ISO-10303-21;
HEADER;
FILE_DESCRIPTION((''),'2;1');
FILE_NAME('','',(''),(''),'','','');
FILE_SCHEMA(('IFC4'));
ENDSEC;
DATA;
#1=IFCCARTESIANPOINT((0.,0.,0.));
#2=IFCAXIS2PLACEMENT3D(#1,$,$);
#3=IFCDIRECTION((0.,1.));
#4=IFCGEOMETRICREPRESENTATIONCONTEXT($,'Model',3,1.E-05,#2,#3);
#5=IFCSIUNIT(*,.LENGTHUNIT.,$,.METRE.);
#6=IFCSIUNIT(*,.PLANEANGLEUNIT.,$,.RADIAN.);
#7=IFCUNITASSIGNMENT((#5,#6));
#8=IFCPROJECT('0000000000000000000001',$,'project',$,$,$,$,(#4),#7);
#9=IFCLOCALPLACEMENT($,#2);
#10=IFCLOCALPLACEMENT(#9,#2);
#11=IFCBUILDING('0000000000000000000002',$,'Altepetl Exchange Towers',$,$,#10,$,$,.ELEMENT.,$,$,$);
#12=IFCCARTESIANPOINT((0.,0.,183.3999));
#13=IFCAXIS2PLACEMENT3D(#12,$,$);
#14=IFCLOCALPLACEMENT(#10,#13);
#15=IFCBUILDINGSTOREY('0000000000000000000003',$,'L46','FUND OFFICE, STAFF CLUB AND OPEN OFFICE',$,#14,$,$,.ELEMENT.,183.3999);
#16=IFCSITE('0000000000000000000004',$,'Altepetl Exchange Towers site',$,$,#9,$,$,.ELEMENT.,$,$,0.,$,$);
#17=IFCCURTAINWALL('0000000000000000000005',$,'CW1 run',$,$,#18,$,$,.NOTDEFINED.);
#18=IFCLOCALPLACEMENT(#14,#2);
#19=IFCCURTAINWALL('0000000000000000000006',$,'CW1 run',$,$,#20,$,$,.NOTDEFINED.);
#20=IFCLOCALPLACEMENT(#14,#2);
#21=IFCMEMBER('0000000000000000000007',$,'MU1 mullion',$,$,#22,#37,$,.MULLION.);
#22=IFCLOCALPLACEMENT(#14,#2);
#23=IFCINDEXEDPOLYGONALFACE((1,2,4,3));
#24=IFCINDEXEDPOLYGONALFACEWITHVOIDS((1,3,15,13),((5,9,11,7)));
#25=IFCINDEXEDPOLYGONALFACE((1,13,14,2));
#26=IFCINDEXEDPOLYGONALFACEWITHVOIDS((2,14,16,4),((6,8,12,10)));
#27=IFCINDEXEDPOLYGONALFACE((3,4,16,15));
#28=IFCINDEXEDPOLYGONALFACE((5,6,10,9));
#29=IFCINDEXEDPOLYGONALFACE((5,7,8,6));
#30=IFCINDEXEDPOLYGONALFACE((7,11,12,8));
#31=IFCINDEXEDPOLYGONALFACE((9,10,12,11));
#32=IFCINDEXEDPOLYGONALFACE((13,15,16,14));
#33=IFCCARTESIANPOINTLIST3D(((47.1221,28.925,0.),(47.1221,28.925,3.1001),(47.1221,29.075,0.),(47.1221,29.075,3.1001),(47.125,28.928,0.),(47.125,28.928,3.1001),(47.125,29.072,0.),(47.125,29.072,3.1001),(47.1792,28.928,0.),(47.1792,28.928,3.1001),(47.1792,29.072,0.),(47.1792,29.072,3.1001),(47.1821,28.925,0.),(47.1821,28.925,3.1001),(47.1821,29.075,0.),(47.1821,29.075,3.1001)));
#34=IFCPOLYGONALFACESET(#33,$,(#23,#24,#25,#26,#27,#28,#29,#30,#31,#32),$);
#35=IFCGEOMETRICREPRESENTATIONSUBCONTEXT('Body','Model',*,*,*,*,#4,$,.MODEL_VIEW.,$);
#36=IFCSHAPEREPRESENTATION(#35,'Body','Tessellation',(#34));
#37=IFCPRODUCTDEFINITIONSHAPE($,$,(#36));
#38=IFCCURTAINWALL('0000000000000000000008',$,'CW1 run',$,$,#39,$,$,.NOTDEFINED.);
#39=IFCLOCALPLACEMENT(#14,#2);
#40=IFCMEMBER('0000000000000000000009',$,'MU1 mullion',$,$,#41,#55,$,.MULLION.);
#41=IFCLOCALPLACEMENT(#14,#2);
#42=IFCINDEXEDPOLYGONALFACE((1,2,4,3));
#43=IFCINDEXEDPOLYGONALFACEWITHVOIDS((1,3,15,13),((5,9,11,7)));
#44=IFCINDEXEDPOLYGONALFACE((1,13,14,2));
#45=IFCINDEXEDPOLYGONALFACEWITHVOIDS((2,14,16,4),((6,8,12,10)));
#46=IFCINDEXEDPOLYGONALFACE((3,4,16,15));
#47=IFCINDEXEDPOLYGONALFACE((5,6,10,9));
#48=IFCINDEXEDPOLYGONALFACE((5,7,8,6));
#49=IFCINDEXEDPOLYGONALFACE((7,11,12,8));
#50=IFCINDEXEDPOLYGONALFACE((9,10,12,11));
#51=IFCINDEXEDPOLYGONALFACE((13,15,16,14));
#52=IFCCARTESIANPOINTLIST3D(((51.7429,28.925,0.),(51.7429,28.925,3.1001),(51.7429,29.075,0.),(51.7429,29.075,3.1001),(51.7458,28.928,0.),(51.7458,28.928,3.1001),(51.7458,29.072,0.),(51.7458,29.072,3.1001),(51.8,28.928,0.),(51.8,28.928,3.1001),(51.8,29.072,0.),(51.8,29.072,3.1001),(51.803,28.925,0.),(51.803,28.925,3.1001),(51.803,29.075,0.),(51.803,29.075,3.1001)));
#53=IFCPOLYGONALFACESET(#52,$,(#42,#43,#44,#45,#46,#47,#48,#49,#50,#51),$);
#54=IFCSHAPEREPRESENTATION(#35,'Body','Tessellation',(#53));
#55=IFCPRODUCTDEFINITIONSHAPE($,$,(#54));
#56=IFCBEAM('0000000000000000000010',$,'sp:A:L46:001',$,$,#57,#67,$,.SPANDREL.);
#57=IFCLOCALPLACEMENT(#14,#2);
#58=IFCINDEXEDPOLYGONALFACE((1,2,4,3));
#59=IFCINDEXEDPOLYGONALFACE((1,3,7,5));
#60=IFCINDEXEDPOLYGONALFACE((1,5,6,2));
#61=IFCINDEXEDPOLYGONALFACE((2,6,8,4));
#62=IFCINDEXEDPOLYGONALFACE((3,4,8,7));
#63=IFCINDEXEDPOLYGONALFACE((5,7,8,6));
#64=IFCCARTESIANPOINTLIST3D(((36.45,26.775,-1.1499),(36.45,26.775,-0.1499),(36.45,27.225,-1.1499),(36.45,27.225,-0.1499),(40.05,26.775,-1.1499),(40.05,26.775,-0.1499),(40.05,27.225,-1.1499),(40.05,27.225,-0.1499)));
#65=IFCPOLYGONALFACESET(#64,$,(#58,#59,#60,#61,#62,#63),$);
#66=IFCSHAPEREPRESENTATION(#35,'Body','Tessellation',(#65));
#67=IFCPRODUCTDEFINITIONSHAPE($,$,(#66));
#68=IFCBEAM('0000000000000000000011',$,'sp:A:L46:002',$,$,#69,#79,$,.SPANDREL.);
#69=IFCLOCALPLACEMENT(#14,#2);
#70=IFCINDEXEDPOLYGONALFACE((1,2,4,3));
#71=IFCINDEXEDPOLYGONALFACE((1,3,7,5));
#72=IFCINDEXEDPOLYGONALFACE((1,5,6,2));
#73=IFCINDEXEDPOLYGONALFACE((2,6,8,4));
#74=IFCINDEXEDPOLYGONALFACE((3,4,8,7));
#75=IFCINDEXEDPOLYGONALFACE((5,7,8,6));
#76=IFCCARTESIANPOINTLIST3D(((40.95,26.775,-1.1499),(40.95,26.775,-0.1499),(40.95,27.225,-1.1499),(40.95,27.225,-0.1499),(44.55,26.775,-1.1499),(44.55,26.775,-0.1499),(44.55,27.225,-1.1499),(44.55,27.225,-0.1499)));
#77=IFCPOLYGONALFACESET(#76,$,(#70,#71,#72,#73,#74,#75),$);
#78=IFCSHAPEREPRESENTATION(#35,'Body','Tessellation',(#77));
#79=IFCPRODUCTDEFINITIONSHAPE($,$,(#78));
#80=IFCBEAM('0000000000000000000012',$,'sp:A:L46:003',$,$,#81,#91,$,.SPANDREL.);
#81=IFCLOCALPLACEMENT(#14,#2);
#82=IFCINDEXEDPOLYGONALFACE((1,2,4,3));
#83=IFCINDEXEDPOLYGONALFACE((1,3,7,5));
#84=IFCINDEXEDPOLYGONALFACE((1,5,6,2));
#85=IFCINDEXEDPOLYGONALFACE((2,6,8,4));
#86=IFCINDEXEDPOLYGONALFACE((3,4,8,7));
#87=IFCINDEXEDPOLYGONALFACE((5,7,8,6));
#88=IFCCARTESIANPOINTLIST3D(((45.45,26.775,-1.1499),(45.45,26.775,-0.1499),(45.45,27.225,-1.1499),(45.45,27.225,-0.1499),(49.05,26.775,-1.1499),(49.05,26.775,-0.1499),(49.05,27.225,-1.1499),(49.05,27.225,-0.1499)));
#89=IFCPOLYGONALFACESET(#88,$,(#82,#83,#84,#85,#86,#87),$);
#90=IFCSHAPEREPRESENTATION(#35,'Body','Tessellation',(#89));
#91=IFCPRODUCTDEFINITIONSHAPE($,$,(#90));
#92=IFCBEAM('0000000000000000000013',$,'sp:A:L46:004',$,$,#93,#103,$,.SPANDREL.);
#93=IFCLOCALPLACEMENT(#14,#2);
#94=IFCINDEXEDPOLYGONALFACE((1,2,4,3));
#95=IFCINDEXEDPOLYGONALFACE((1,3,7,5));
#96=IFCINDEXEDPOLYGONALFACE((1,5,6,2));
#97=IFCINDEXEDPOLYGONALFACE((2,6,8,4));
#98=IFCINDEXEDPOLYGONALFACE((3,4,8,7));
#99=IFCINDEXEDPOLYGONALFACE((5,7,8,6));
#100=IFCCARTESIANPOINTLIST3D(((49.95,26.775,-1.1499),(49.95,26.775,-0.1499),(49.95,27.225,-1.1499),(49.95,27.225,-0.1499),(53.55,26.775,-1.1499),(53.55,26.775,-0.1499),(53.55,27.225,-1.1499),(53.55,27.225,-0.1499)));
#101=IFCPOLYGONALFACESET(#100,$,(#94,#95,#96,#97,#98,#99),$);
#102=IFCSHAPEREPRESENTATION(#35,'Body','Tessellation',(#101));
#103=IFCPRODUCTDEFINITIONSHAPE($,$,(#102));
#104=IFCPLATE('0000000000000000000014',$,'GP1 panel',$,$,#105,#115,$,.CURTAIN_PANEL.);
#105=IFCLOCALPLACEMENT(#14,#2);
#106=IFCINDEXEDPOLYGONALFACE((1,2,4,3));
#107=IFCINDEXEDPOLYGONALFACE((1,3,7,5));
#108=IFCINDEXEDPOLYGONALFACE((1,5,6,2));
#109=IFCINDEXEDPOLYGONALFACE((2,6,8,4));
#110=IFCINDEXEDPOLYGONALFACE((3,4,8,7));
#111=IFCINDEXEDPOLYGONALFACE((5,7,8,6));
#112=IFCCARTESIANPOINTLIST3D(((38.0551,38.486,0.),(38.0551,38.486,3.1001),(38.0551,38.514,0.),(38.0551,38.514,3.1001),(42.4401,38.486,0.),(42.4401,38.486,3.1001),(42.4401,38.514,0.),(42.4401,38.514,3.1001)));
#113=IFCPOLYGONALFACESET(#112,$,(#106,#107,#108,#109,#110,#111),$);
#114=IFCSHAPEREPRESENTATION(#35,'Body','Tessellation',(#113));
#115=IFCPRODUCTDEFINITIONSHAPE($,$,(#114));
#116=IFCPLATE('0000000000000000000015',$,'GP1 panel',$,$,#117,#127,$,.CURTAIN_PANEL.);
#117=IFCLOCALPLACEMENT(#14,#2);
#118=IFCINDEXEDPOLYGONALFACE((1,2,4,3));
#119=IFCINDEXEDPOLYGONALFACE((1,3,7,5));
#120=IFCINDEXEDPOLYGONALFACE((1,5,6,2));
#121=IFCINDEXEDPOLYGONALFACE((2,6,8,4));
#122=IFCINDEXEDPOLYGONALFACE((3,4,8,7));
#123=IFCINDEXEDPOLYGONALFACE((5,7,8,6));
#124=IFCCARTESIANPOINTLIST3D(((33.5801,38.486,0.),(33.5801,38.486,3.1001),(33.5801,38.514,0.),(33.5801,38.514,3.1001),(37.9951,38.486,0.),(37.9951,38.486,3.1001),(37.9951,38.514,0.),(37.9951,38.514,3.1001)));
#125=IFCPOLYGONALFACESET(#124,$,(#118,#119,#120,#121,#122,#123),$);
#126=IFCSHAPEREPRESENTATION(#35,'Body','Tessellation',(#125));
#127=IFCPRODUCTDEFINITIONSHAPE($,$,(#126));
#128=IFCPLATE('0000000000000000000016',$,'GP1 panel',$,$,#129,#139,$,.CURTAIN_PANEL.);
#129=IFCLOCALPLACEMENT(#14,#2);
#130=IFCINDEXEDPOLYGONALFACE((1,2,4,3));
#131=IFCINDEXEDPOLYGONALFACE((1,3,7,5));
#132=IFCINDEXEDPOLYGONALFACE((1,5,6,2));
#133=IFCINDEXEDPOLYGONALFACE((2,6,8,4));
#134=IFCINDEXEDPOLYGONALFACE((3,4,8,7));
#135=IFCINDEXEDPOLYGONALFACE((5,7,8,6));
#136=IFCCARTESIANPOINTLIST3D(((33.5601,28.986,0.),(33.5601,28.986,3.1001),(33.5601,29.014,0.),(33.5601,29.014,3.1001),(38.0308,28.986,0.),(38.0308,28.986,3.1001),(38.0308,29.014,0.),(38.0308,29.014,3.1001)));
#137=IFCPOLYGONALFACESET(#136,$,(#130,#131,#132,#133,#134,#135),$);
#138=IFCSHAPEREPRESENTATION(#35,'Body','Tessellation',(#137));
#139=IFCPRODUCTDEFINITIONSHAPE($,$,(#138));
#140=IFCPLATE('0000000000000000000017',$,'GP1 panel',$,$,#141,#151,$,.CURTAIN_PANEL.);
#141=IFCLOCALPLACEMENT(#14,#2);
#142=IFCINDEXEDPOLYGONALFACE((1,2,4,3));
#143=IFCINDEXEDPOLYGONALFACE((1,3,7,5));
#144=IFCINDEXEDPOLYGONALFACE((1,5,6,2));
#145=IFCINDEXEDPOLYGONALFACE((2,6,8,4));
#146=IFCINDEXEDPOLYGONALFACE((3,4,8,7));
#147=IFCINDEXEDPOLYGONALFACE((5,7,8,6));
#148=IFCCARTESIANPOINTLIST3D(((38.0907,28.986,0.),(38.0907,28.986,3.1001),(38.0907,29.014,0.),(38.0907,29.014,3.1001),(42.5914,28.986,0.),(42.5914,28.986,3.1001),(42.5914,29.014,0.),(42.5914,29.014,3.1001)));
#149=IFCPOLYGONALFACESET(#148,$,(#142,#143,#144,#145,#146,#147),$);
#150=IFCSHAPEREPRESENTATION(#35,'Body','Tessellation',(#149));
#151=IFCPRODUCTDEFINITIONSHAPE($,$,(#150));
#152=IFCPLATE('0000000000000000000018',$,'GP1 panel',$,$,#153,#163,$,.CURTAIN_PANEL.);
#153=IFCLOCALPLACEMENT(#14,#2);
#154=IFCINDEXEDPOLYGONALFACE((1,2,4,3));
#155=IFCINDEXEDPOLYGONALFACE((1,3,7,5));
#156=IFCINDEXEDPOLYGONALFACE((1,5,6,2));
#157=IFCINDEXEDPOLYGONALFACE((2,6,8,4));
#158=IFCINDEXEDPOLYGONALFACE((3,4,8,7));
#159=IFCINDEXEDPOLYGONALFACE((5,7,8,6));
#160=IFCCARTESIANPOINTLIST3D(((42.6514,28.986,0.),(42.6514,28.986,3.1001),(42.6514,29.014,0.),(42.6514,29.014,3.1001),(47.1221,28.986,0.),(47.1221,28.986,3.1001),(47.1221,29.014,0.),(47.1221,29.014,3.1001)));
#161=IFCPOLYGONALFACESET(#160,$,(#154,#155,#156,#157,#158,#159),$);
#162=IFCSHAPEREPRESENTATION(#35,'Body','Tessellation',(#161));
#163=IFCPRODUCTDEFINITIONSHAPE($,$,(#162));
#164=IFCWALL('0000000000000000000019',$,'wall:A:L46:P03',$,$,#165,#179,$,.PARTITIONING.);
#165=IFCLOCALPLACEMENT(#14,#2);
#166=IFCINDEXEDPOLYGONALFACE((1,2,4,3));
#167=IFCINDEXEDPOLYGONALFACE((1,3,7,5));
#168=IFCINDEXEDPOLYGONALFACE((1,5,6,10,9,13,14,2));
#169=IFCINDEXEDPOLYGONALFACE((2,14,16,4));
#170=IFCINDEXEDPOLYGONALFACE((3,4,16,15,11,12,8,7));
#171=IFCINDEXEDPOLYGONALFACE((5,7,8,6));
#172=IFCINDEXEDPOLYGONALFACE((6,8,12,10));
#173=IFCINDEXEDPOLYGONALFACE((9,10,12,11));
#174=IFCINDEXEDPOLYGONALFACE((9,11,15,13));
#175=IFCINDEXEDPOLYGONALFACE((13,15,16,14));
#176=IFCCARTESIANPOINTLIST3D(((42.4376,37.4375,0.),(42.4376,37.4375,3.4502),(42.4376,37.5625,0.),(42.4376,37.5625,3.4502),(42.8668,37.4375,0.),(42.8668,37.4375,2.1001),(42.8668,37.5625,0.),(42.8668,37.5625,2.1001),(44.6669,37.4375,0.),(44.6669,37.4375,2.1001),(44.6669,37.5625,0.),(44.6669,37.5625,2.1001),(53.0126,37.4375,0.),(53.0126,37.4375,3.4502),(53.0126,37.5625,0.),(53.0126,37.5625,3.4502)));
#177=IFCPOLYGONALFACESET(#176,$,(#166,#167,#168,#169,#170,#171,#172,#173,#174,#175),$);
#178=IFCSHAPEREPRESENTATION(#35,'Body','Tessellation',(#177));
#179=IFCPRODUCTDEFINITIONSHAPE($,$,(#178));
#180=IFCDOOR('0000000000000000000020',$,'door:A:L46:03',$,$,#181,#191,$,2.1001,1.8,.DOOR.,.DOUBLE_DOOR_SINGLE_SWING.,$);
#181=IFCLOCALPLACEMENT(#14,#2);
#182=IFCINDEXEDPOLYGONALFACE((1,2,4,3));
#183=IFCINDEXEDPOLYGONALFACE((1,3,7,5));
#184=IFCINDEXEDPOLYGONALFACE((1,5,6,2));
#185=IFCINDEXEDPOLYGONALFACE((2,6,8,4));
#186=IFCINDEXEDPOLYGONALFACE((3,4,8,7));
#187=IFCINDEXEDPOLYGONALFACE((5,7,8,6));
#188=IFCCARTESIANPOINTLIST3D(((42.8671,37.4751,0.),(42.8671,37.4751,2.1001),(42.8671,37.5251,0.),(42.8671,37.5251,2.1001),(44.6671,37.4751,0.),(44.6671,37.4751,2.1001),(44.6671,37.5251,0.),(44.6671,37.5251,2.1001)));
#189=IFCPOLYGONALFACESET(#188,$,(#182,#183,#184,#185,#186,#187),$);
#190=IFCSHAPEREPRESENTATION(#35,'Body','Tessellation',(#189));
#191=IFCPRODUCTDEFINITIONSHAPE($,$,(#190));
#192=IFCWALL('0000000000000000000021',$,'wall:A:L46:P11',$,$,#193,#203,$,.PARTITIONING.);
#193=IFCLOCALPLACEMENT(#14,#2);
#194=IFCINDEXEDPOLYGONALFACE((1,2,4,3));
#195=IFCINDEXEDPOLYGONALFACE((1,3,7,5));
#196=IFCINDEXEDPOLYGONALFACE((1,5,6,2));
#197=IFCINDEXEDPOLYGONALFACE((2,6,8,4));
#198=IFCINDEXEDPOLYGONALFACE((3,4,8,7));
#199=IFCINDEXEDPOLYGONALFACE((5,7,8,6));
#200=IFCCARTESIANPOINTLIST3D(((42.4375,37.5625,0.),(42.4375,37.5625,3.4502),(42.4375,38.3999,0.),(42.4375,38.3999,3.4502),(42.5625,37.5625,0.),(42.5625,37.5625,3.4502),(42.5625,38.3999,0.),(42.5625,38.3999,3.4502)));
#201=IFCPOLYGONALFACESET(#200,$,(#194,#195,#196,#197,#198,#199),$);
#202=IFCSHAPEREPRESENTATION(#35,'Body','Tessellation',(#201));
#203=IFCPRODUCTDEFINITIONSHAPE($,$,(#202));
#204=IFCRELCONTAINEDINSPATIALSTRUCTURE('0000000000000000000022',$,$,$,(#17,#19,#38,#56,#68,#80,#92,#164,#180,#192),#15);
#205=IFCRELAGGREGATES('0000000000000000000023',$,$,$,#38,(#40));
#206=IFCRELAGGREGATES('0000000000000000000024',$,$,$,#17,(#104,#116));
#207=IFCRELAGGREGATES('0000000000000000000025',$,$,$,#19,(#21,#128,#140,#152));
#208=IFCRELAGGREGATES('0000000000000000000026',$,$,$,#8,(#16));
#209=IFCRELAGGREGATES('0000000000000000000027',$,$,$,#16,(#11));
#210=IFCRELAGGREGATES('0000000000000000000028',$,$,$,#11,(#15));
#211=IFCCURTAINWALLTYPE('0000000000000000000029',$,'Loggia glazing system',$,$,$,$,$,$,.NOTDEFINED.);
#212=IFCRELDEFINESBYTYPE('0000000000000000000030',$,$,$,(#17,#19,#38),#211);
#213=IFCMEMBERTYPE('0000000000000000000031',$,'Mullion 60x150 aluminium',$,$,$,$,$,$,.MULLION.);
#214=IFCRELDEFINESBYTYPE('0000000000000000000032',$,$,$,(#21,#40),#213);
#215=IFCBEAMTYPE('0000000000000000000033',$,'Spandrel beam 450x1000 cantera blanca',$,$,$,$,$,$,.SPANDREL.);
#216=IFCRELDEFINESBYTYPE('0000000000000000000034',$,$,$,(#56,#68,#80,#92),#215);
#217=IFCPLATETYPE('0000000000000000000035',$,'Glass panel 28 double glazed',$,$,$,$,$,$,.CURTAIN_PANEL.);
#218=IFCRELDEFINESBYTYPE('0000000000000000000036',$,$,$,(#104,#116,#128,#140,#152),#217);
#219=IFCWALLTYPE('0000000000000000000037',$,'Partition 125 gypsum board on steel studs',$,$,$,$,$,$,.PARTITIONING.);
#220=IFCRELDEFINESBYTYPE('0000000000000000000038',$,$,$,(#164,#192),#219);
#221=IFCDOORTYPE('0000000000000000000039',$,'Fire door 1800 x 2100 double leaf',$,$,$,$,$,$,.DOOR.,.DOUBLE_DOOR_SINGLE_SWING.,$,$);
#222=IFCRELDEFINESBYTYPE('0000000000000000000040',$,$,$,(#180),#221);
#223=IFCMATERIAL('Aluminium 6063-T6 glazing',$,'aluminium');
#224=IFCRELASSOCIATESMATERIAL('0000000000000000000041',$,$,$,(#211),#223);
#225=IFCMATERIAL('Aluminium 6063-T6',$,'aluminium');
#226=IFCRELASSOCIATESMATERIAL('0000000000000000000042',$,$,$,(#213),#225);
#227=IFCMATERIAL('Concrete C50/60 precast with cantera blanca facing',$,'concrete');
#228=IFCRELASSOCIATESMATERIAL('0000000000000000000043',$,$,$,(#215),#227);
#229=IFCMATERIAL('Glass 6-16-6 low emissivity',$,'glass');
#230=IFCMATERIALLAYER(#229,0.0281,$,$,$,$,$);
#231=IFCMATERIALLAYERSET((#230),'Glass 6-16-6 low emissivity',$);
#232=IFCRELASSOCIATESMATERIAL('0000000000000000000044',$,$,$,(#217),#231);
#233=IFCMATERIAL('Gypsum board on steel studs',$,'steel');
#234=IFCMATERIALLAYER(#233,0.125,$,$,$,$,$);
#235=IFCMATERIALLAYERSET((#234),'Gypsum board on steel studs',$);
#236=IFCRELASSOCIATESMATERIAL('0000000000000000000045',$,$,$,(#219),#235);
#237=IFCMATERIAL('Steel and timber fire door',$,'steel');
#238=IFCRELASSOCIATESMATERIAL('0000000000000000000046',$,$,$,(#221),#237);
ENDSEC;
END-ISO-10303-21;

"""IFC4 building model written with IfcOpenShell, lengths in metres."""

from ifc_helpers import new_model, si_unit, direction, frame, frame_2d, origin, origin_2d, place, context, subcontext, project, spatial, rectangle, hollow_rectangle, extrude, material, layer, layer_set, material_profile, profile_set, type_object, element, fill, aggregate, save


model = new_model("IFC4")

# Units and contexts
model_context = context("Model", 3, precision=1e-05, world=origin(), true_north=direction((0.0, 1.0)))
body_context = subcontext(model_context, "Body", "Model", "MODEL_VIEW")
ifc_project = project(units=[si_unit("LENGTHUNIT", "METRE"), si_unit("PLANEANGLEUNIT", "RADIAN")], contexts=[model_context])

# Site, building, storey
site_placement = place(None, origin())
site = spatial("IfcSite", under=ifc_project, at=site_placement, Name="Altepetl Exchange Towers site", CompositionType="ELEMENT", RefElevation=0.0)
building_placement = place(site_placement, origin())
building = spatial("IfcBuilding", under=site, at=building_placement, Name="Altepetl Exchange Towers", CompositionType="ELEMENT")
storey_placement = place(building_placement, frame((0.0, 0.0, 183.3999)))
storey = spatial("IfcBuildingStorey", under=building, at=storey_placement, Name="L46", Description="FUND OFFICE, STAFF CLUB AND OPEN OFFICE", CompositionType="ELEMENT", Elevation=183.3999)

# Curtain wall
ifc_material_1 = material(Name="Aluminium 6063-T6 glazing", Category="aluminium")
curtain_wall_type = type_object("IfcCurtainWallType", Name="Loggia glazing system", PredefinedType="NOTDEFINED", material=ifc_material_1)
curtain_wall_1_placement = place(storey_placement, origin())
curtain_wall_1 = element("IfcCurtainWall", 1, at=curtain_wall_1_placement, inside=storey, type_object=curtain_wall_type, Name="CW1 run", PredefinedType="NOTDEFINED")
ifc_material_2 = material(Name="Aluminium 6063-T6", Category="aluminium")
ifc_material_profile_1 = material_profile(ifc_material_2, hollow_rectangle(XDim=0.0601, YDim=0.1499, WallThickness=0.0029, at=origin_2d()), Name="Mullion 60x150 aluminium")
ifc_profile_set_1 = profile_set([ifc_material_profile_1], Name="Aluminium 6063-T6")
member_type = type_object("IfcMemberType", Name="Mullion 60x150 aluminium", PredefinedType="MULLION", material=ifc_profile_set_1)

# Curtain wall, member
curtain_wall_2_placement = place(storey_placement, origin())
curtain_wall_2 = element("IfcCurtainWall", 2, at=curtain_wall_2_placement, inside=storey, type_object=curtain_wall_type, Name="CW1 run", PredefinedType="NOTDEFINED")
member_1_placement = place(storey_placement, frame((47.1521, 29.0, 0.0)))
member_1 = element("IfcMember", 3, at=member_1_placement, type_object=member_type, Name="MU1 mullion", PredefinedType="MULLION", context=body_context, shape_type="SweptSolid", body=[
    extrude(hollow_rectangle(XDim=0.0601, YDim=0.1499, WallThickness=0.0029, at=origin_2d()), origin(), (0.0, 0.0, 1.0), 3.1001),
])

# Curtain wall, member
curtain_wall_3_placement = place(storey_placement, origin())
curtain_wall_3 = element("IfcCurtainWall", 4, at=curtain_wall_3_placement, inside=storey, type_object=curtain_wall_type, Name="CW1 run", PredefinedType="NOTDEFINED")
member_2_placement = place(storey_placement, frame((51.7729, 29.0, 0.0)))
member_2 = element("IfcMember", 5, at=member_2_placement, type_object=member_type, Name="MU1 mullion", PredefinedType="MULLION", context=body_context, shape_type="SweptSolid", body=[
    extrude(hollow_rectangle(XDim=0.0601, YDim=0.1499, WallThickness=0.0029, at=origin_2d()), origin(), (0.0, 0.0, 1.0), 3.1001),
])
aggregate(curtain_wall_3, [member_2])

# Beams
ifc_material_3 = material(Name="Concrete C50/60 precast with cantera blanca facing", Category="concrete")
ifc_material_profile_2 = material_profile(ifc_material_3, rectangle(XDim=0.45, YDim=1.0, at=origin_2d()), Name="450 x 1000")
ifc_profile_set_2 = profile_set([ifc_material_profile_2], Name="Concrete C50/60 precast with cantera blanca facing")
beam_type_1 = type_object("IfcBeamType", Name="Spandrel beam 450x1000 cantera blanca", PredefinedType="SPANDREL", material=ifc_profile_set_2)
for number, where, z_axis, x_axis, name in (
    (6, (36.45, 27.0, -0.6499), (1.0, 0.0, 0.0), (0.0, 1.0, 0.0), "sp:A:L46:001"),
    (7, (40.95, 27.0, -0.6499), (1.0, 0.0, 0.0), (0.0, 1.0, 0.0), "sp:A:L46:002"),
    (8, (45.45, 27.0, -0.6499), (1.0, 0.0, 0.0), (0.0, 1.0, 0.0), "sp:A:L46:003"),
    (9, (49.95, 27.0, -0.6499), (1.0, 0.0, 0.0), (0.0, 1.0, 0.0), "sp:A:L46:004"),
):
    element("IfcBeam", number, at=place(storey_placement, frame(where, z_axis=z_axis, x_axis=x_axis)), inside=storey, type_object=beam_type_1, Name=name, PredefinedType="SPANDREL", context=body_context, shape_type="SweptSolid", body=[
        extrude(rectangle(XDim=0.45, YDim=1.0, at=origin_2d()), origin(), (0.0, 0.0, 1.0), 3.6001),
    ])

# Plates
ifc_material_4 = material(Name="Glass 6-16-6 low emissivity", Category="glass")
ifc_layer_1 = layer(ifc_material_4, 0.0281)
ifc_layer_set_1 = layer_set([ifc_layer_1], Name="Glass 6-16-6 low emissivity")
plate_type = type_object("IfcPlateType", Name="Glass panel 28 double glazed", PredefinedType="CURTAIN_PANEL", material=ifc_layer_set_1)
plate_1_placement = place(storey_placement, frame((40.2476, 38.5, 0.0), z_axis=(0.0, 0.0, 1.0), x_axis=(-1.0, 0.0, 0.0)))
plate_1 = element("IfcPlate", 10, at=plate_1_placement, type_object=plate_type, Name="GP1 panel", PredefinedType="CURTAIN_PANEL", context=body_context, shape_type="SweptSolid", body=[
    extrude(rectangle(XDim=4.385, YDim=0.0281, at=origin_2d()), origin(), (0.0, 0.0, 1.0), 3.1001),
])
plate_2_placement = place(storey_placement, frame((35.7876, 38.5, 0.0), z_axis=(0.0, 0.0, 1.0), x_axis=(-1.0, 0.0, 0.0)))
plate_2 = element("IfcPlate", 11, at=plate_2_placement, type_object=plate_type, Name="GP1 panel", PredefinedType="CURTAIN_PANEL", context=body_context, shape_type="SweptSolid", body=[
    extrude(rectangle(XDim=4.415, YDim=0.0281, at=origin_2d()), origin(), (0.0, 0.0, 1.0), 3.1001),
])
aggregate(curtain_wall_1, [plate_1, plate_2])
plate_3_placement = place(storey_placement, frame((35.7954, 29.0, 0.0)))
plate_3 = element("IfcPlate", 12, at=plate_3_placement, type_object=plate_type, Name="GP1 panel", PredefinedType="CURTAIN_PANEL", context=body_context, shape_type="SweptSolid", body=[
    extrude(rectangle(XDim=4.4707, YDim=0.0281, at=origin_2d()), origin(), (0.0, 0.0, 1.0), 3.1001),
])
plate_4_placement = place(storey_placement, frame((40.3411, 29.0, 0.0)))
plate_4 = element("IfcPlate", 13, at=plate_4_placement, type_object=plate_type, Name="GP1 panel", PredefinedType="CURTAIN_PANEL", context=body_context, shape_type="SweptSolid", body=[
    extrude(rectangle(XDim=4.5007, YDim=0.0281, at=origin_2d()), origin(), (0.0, 0.0, 1.0), 3.1001),
])
plate_5_placement = place(storey_placement, frame((44.8867, 29.0, 0.0)))
plate_5 = element("IfcPlate", 14, at=plate_5_placement, type_object=plate_type, Name="GP1 panel", PredefinedType="CURTAIN_PANEL", context=body_context, shape_type="SweptSolid", body=[
    extrude(rectangle(XDim=4.4707, YDim=0.0281, at=origin_2d()), origin(), (0.0, 0.0, 1.0), 3.1001),
])
aggregate(curtain_wall_2, [member_1, plate_3, plate_4, plate_5])

# Wall, opening, door
ifc_material_5 = material(Name="Gypsum board on steel studs", Category="steel")
ifc_layer_2 = layer(ifc_material_5, 0.125)
ifc_layer_set_2 = layer_set([ifc_layer_2], Name="Gypsum board on steel studs")
wall_type_1 = type_object("IfcWallType", Name="Partition 125 gypsum board on steel studs", PredefinedType="PARTITIONING", material=ifc_layer_set_2)
wall_1_placement = place(storey_placement, frame((42.4375, 37.5, 0.0)))
wall_1 = element("IfcWall", 15, at=wall_1_placement, inside=storey, type_object=wall_type_1, Name="wall:A:L46:P03", PredefinedType="PARTITIONING", context=body_context, shape_type="SweptSolid", body=[
    extrude(rectangle(XDim=10.575, YDim=0.125, at=frame_2d((5.2876, 0.0))), origin(), (0.0, 0.0, 1.0), 3.4502),
])
opening_1_placement = place(wall_1_placement, frame((0.4294, 0.0, 0.0)))
opening_1 = element("IfcOpeningElement", 16, at=opening_1_placement, cuts=wall_1, PredefinedType="OPENING", context=body_context, shape_type="SweptSolid", body=[
    extrude(rectangle(XDim=1.8, YDim=2.1001, at=frame_2d((0.8999, 1.05))), frame((0.0, 0.0725, 0.0), z_axis=(0.0, -1.0, 0.0), x_axis=(1.0, 0.0, 0.0)), (0.0, 0.0, 1.0), 0.145),
])
ifc_material_6 = material(Name="Steel and timber fire door", Category="steel")
door_type_1 = type_object("IfcDoorType", Name="Fire door 1800 x 2100 double leaf", OperationType="DOUBLE_DOOR_SINGLE_SWING", PredefinedType="DOOR", material=ifc_material_6)
door_1_placement = place(opening_1_placement, frame((1.8, 0.0, 0.0), x_axis=(-1.0, 0.0, 0.0)))
door_1 = element("IfcDoor", 17, at=door_1_placement, inside=storey, type_object=door_type_1, Name="door:A:L46:03", OperationType="DOUBLE_DOOR_SINGLE_SWING", OverallHeight=2.1001, OverallWidth=1.8, PredefinedType="DOOR", context=body_context, shape_type="SweptSolid", body=[
    extrude(rectangle(XDim=1.8, YDim=2.1001, at=frame_2d((0.8999, 1.05))), frame((0.0, 0.0249, 0.0), z_axis=(0.0, -1.0, 0.0), x_axis=(1.0, 0.0, 0.0)), (0.0, 0.0, 1.0), 0.05),
])
fill(opening_1, door_1)

# Wall
wall_2_placement = place(storey_placement, frame((42.5, 37.5625, 0.0), z_axis=(0.0, 0.0, 1.0), x_axis=(0.0, 1.0, 0.0)))
element("IfcWall", 18, at=wall_2_placement, inside=storey, type_object=wall_type_1, Name="wall:A:L46:P11", PredefinedType="PARTITIONING", context=body_context, shape_type="SweptSolid", body=[
    extrude(rectangle(XDim=0.8374, YDim=0.125, at=frame_2d((0.4187, 0.0))), origin(), (0.0, 0.0, 1.0), 3.4502),
])

save(model, "model.ifc")
